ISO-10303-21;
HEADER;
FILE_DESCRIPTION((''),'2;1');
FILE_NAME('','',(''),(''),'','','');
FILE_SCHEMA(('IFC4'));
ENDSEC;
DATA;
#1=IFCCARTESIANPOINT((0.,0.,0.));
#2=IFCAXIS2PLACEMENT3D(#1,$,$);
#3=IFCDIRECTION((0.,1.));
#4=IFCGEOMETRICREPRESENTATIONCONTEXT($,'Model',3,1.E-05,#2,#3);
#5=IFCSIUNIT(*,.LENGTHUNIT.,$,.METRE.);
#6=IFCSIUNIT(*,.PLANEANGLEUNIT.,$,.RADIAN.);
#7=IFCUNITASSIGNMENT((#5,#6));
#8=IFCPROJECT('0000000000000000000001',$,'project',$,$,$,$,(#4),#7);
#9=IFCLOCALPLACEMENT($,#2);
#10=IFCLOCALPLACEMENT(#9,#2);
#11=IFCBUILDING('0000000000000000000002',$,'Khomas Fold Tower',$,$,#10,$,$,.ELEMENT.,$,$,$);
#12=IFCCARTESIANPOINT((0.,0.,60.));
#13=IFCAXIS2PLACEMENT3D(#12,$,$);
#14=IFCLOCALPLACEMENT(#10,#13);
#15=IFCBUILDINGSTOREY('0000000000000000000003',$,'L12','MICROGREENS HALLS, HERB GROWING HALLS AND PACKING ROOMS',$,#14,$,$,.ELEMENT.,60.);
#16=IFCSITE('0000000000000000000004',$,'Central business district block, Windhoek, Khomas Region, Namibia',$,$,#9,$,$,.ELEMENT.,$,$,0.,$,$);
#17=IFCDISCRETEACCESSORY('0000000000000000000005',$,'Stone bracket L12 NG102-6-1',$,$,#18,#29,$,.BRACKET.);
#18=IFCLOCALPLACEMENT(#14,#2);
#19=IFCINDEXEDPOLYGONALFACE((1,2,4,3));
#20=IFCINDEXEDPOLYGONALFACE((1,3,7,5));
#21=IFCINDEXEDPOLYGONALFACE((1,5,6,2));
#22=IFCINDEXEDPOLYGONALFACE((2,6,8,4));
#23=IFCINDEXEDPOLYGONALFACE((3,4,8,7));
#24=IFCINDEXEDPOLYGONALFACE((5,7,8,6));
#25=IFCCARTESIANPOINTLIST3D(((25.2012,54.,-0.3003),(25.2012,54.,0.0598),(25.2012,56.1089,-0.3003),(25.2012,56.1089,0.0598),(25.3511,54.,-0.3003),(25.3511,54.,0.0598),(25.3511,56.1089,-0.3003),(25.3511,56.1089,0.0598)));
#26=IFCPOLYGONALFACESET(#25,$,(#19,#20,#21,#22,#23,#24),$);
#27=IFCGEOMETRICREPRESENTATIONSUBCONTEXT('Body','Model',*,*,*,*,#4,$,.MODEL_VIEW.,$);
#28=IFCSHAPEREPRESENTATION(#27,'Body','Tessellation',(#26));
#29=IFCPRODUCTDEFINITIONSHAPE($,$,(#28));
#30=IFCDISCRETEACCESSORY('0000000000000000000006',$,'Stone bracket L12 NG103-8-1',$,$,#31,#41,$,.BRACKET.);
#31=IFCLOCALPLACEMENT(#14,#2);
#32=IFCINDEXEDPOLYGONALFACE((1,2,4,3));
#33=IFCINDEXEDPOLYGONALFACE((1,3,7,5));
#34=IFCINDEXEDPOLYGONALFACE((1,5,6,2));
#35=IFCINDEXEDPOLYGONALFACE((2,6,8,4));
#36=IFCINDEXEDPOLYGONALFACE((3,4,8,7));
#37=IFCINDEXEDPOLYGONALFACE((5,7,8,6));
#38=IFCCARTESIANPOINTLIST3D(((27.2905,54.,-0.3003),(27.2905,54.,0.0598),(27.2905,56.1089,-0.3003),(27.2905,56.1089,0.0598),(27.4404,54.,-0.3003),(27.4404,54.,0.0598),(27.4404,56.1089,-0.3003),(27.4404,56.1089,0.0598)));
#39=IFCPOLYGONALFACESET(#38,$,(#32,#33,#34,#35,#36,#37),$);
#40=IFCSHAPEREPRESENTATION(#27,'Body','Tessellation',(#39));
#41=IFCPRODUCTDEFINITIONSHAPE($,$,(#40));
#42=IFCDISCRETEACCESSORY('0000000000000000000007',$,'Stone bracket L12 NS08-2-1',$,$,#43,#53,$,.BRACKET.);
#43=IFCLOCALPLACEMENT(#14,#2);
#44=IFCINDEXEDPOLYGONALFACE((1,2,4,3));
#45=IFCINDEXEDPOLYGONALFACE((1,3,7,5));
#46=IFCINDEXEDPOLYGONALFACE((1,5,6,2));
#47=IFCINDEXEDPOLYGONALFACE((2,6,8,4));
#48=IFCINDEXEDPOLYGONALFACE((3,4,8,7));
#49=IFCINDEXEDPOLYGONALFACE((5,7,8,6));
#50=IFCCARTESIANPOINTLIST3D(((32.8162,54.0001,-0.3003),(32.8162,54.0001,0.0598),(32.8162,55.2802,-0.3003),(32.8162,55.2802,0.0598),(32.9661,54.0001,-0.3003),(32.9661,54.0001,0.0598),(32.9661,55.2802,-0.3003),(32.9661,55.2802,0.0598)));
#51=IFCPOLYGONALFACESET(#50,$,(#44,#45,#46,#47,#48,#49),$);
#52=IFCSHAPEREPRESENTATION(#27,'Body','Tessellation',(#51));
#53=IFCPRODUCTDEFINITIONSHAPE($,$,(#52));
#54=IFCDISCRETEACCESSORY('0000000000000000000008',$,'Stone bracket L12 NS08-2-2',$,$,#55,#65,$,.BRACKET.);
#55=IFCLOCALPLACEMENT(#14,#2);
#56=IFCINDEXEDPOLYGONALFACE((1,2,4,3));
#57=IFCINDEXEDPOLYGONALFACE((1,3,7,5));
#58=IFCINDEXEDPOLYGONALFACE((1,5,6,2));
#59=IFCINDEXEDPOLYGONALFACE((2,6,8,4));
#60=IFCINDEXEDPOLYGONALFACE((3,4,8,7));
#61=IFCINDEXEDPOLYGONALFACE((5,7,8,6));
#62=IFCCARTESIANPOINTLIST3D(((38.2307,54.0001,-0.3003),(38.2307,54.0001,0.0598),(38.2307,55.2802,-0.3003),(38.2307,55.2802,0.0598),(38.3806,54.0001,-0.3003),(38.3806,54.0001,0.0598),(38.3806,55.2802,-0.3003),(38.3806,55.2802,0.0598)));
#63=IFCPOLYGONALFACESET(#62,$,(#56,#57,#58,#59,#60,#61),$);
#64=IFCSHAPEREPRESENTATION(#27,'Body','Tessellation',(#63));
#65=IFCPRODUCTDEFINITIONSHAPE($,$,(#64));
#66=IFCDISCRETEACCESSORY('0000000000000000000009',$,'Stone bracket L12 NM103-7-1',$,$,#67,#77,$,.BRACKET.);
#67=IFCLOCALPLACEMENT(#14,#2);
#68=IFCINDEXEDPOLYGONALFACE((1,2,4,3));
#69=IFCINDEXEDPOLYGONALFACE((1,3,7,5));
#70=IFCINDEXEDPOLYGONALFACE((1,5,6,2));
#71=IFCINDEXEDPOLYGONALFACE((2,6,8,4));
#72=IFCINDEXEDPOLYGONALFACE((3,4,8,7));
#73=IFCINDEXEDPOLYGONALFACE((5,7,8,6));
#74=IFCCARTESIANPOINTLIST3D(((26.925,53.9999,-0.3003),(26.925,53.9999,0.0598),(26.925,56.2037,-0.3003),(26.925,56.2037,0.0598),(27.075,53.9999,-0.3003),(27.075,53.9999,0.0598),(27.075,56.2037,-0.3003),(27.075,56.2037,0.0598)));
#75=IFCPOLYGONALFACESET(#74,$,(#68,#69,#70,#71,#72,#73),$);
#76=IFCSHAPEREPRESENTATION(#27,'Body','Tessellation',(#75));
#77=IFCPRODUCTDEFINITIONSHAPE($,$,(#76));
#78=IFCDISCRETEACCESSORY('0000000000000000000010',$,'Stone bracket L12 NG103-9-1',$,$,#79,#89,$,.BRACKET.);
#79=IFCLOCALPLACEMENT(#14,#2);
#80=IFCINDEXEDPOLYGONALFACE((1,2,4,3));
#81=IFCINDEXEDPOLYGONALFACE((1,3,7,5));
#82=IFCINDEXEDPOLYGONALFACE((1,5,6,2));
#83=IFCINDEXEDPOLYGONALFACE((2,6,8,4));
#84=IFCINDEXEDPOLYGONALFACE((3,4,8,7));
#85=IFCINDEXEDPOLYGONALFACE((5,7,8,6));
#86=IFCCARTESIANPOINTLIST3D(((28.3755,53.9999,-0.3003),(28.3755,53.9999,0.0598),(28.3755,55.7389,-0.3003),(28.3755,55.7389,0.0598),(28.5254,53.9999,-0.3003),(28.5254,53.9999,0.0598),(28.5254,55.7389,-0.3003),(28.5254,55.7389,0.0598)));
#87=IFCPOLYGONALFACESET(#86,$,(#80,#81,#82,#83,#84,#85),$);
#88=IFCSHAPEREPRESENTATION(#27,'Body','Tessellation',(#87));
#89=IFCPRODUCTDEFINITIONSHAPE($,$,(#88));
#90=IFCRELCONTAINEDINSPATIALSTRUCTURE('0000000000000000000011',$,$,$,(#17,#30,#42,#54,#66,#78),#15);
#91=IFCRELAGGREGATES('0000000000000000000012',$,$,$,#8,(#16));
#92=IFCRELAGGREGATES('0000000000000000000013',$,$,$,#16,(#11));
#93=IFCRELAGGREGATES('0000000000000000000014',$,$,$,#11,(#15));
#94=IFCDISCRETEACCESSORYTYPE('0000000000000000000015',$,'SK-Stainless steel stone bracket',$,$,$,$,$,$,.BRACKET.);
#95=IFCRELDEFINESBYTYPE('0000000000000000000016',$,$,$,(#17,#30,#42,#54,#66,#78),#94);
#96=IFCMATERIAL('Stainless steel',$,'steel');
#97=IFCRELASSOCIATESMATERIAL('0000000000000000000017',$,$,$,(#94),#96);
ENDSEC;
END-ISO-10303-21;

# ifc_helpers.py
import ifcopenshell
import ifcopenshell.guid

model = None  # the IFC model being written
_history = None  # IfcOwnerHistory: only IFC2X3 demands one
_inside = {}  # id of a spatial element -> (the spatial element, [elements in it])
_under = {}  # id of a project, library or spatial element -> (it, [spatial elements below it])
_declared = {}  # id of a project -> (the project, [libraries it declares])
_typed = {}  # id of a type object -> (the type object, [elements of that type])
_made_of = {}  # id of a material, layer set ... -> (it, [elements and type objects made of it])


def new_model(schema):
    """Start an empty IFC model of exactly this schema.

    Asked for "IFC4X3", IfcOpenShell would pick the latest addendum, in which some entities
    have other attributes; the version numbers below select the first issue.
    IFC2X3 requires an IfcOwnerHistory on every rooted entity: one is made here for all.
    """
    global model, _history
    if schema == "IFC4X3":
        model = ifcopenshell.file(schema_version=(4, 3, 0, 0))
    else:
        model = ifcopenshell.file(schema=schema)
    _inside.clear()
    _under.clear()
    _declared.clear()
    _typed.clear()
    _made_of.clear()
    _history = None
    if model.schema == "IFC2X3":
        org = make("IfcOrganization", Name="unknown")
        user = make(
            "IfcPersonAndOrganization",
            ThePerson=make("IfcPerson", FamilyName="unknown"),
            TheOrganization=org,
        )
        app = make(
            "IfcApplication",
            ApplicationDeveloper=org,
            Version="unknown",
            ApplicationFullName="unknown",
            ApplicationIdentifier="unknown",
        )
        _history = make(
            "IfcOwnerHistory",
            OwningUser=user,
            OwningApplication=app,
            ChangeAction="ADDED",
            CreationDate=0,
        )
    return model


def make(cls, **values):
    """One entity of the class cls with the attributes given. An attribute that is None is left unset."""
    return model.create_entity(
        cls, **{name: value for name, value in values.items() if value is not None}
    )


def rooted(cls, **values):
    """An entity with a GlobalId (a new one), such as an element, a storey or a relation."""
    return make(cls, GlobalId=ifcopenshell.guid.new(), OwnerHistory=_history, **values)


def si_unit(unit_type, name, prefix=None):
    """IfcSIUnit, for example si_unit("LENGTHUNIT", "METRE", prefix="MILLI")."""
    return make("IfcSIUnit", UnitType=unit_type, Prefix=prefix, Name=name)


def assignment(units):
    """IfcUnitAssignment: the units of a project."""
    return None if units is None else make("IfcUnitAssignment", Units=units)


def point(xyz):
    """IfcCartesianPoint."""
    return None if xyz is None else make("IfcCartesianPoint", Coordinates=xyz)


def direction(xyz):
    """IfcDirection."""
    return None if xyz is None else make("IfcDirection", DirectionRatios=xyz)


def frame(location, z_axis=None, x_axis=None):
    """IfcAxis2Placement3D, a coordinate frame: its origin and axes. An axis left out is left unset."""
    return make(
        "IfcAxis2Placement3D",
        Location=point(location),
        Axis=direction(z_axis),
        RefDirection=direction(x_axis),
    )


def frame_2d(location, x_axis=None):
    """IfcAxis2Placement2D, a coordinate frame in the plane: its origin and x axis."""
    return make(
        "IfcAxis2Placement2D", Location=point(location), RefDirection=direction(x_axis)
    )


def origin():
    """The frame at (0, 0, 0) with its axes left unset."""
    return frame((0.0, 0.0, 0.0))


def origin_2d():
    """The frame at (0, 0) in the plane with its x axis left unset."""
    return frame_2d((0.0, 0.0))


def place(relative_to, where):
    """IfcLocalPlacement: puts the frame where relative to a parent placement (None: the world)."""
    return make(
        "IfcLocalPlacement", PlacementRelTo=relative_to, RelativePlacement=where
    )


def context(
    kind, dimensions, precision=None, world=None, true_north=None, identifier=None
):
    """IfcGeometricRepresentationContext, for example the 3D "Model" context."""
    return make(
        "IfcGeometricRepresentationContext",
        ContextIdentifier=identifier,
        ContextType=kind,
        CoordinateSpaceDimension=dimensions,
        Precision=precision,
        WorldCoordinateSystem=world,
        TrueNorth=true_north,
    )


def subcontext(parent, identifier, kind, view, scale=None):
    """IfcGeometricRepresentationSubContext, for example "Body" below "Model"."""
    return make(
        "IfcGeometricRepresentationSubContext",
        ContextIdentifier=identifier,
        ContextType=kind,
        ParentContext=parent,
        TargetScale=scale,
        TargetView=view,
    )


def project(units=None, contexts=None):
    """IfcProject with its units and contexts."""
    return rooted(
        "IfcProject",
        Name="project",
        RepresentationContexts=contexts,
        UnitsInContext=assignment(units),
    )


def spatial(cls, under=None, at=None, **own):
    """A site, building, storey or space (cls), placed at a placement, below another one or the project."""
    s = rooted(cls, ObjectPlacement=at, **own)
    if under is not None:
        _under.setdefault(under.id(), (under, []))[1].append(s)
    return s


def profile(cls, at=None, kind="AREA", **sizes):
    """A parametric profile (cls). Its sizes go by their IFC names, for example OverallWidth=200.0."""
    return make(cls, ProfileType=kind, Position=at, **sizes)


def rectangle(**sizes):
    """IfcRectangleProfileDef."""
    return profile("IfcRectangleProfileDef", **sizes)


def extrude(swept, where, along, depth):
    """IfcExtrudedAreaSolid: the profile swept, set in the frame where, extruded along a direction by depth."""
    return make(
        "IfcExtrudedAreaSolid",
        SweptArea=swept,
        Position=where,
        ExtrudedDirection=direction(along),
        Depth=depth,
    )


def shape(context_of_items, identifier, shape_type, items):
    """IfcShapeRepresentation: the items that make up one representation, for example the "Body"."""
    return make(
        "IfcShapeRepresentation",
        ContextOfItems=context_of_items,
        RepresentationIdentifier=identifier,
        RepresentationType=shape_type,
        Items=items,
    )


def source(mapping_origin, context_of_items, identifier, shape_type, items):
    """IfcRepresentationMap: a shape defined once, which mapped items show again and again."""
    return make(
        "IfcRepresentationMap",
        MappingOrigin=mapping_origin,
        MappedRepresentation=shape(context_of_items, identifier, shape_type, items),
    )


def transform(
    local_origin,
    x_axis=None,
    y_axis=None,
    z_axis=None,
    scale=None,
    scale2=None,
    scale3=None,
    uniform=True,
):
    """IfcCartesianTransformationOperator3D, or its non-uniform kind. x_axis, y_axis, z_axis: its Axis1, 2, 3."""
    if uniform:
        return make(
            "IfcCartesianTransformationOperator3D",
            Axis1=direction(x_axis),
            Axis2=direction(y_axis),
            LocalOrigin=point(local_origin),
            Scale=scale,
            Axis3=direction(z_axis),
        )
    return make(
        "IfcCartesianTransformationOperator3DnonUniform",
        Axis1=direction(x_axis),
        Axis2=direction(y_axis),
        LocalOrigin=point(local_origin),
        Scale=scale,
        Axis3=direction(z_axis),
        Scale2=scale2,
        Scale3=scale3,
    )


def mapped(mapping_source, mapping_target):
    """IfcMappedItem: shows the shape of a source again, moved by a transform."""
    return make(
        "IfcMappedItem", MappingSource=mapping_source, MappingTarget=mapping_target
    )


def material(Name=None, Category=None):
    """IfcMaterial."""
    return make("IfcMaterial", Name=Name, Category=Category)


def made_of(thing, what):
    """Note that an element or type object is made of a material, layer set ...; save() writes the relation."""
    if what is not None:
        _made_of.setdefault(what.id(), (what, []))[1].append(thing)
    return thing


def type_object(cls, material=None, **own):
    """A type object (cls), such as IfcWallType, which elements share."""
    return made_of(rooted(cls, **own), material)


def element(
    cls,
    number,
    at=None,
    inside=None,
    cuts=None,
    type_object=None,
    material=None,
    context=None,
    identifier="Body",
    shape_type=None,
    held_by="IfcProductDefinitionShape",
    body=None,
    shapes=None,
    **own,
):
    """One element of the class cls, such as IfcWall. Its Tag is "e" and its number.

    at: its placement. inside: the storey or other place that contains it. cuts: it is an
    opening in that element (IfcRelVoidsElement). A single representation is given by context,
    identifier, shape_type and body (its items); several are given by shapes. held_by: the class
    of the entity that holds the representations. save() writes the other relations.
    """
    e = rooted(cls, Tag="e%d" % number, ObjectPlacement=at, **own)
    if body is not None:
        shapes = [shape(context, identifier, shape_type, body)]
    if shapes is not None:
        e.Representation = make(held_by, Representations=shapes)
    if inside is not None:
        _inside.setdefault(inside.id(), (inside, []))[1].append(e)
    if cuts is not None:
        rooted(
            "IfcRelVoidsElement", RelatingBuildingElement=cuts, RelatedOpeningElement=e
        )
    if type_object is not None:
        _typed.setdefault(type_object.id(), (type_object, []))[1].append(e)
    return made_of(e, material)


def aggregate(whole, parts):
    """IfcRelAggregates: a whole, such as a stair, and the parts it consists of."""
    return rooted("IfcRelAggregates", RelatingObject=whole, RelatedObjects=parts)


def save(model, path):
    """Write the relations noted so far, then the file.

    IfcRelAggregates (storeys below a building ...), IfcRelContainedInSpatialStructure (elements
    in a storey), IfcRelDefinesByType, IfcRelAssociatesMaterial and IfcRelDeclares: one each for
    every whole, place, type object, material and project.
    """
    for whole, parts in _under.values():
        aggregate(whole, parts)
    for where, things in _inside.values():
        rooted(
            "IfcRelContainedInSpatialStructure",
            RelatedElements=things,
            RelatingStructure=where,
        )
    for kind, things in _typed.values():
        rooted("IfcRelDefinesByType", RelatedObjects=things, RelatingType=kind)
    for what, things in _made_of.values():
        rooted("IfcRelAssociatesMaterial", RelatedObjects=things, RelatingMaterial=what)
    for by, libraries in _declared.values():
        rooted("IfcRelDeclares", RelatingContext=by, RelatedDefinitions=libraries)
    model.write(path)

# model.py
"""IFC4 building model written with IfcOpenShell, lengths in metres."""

from ifc_helpers import new_model, si_unit, direction, frame, origin, origin_2d, place, context, subcontext, project, spatial, rectangle, extrude, source, transform, mapped, material, type_object, element, save


model = new_model("IFC4")

# Units and contexts
model_context = context("Model", 3, precision=1e-05, world=origin(), true_north=direction((0.0, 1.0)))
body_context = subcontext(model_context, "Body", "Model", "MODEL_VIEW")
ifc_project = project(units=[si_unit("LENGTHUNIT", "METRE"), si_unit("PLANEANGLEUNIT", "RADIAN")], contexts=[model_context])

# Site, building, storey
site_placement = place(None, origin())
site = spatial("IfcSite", under=ifc_project, at=site_placement, Name="Central business district block, Windhoek, Khomas Region, Namibia", CompositionType="ELEMENT", RefElevation=0.0)
building_placement = place(site_placement, origin())
building = spatial("IfcBuilding", under=site, at=building_placement, Name="Khomas Fold Tower", CompositionType="ELEMENT")
storey_placement = place(building_placement, frame((0.0, 0.0, 60.0)))
storey = spatial("IfcBuildingStorey", under=building, at=storey_placement, Name="L12", Description="MICROGREENS HALLS, HERB GROWING HALLS AND PACKING ROOMS", CompositionType="ELEMENT", Elevation=60.0)

# Discrete accessories
ifc_material_1 = material(Name="Stainless steel", Category="steel")
discrete_accessory_type = type_object("IfcDiscreteAccessoryType", Name="SK-Stainless steel stone bracket", PredefinedType="BRACKET", material=ifc_material_1)
shared_shape_1 = source(origin(), body_context, "Body", "SweptSolid", [
    extrude(rectangle(XDim=2.1089, YDim=0.1499, at=origin_2d()), origin(), (0.0, 0.0, 1.0), 0.3601),
])
for number, where, z_axis, x_axis, name in (
    (1, (25.2761, 55.0544, -0.3003), (0.0, 0.0, 1.0), (0.0, 1.0, 0.0), "Stone bracket L12 NG102-6-1"),
    (2, (27.3655, 55.0544, -0.3003), (0.0, 0.0, 1.0), (0.0, 1.0, 0.0), "Stone bracket L12 NG103-8-1"),
):
    element("IfcDiscreteAccessory", number, at=place(storey_placement, frame(where, z_axis=z_axis, x_axis=x_axis)), inside=storey, type_object=discrete_accessory_type, Name=name, PredefinedType="BRACKET", context=body_context, shape_type="MappedRepresentation", body=[
        mapped(shared_shape_1, transform((0.0, 0.0, 0.0))),
    ])
shared_shape_2 = source(origin(), body_context, "Body", "SweptSolid", [
    extrude(rectangle(XDim=1.28, YDim=0.1499, at=origin_2d()), origin(), (0.0, 0.0, 1.0), 0.3601),
])
for number, where, z_axis, x_axis, name in (
    (3, (32.8911, 54.6401, -0.3003), (0.0, 0.0, 1.0), (0.0, 1.0, 0.0), "Stone bracket L12 NS08-2-1"),
    (4, (38.3057, 54.6401, -0.3003), (0.0, 0.0, 1.0), (0.0, 1.0, 0.0), "Stone bracket L12 NS08-2-2"),
):
    element("IfcDiscreteAccessory", number, at=place(storey_placement, frame(where, z_axis=z_axis, x_axis=x_axis)), inside=storey, type_object=discrete_accessory_type, Name=name, PredefinedType="BRACKET", context=body_context, shape_type="MappedRepresentation", body=[
        mapped(shared_shape_2, transform((0.0, 0.0, 0.0))),
    ])
shared_shape_3 = source(origin(), body_context, "Body", "SweptSolid", [
    extrude(rectangle(XDim=2.2039, YDim=0.1499, at=origin_2d()), origin(), (0.0, 0.0, 1.0), 0.3601),
])
discrete_accessory_1_placement = place(storey_placement, frame((27.0, 55.1018, -0.3003), z_axis=(0.0, 0.0, 1.0), x_axis=(0.0, 1.0, 0.0)))
element("IfcDiscreteAccessory", 5, at=discrete_accessory_1_placement, inside=storey, type_object=discrete_accessory_type, Name="Stone bracket L12 NM103-7-1", PredefinedType="BRACKET", context=body_context, shape_type="MappedRepresentation", body=[
    mapped(shared_shape_3, transform((0.0, 0.0, 0.0))),
])
shared_shape_4 = source(origin(), body_context, "Body", "SweptSolid", [
    extrude(rectangle(XDim=1.739, YDim=0.1499, at=origin_2d()), origin(), (0.0, 0.0, 1.0), 0.3601),
])
discrete_accessory_2_placement = place(storey_placement, frame((28.4504, 54.8694, -0.3003), z_axis=(0.0, 0.0, 1.0), x_axis=(0.0, 1.0, 0.0)))
element("IfcDiscreteAccessory", 6, at=discrete_accessory_2_placement, inside=storey, type_object=discrete_accessory_type, Name="Stone bracket L12 NG103-9-1", PredefinedType="BRACKET", context=body_context, shape_type="MappedRepresentation", body=[
    mapped(shared_shape_4, transform((0.0, 0.0, 0.0))),
])

save(model, "model.ifc")
